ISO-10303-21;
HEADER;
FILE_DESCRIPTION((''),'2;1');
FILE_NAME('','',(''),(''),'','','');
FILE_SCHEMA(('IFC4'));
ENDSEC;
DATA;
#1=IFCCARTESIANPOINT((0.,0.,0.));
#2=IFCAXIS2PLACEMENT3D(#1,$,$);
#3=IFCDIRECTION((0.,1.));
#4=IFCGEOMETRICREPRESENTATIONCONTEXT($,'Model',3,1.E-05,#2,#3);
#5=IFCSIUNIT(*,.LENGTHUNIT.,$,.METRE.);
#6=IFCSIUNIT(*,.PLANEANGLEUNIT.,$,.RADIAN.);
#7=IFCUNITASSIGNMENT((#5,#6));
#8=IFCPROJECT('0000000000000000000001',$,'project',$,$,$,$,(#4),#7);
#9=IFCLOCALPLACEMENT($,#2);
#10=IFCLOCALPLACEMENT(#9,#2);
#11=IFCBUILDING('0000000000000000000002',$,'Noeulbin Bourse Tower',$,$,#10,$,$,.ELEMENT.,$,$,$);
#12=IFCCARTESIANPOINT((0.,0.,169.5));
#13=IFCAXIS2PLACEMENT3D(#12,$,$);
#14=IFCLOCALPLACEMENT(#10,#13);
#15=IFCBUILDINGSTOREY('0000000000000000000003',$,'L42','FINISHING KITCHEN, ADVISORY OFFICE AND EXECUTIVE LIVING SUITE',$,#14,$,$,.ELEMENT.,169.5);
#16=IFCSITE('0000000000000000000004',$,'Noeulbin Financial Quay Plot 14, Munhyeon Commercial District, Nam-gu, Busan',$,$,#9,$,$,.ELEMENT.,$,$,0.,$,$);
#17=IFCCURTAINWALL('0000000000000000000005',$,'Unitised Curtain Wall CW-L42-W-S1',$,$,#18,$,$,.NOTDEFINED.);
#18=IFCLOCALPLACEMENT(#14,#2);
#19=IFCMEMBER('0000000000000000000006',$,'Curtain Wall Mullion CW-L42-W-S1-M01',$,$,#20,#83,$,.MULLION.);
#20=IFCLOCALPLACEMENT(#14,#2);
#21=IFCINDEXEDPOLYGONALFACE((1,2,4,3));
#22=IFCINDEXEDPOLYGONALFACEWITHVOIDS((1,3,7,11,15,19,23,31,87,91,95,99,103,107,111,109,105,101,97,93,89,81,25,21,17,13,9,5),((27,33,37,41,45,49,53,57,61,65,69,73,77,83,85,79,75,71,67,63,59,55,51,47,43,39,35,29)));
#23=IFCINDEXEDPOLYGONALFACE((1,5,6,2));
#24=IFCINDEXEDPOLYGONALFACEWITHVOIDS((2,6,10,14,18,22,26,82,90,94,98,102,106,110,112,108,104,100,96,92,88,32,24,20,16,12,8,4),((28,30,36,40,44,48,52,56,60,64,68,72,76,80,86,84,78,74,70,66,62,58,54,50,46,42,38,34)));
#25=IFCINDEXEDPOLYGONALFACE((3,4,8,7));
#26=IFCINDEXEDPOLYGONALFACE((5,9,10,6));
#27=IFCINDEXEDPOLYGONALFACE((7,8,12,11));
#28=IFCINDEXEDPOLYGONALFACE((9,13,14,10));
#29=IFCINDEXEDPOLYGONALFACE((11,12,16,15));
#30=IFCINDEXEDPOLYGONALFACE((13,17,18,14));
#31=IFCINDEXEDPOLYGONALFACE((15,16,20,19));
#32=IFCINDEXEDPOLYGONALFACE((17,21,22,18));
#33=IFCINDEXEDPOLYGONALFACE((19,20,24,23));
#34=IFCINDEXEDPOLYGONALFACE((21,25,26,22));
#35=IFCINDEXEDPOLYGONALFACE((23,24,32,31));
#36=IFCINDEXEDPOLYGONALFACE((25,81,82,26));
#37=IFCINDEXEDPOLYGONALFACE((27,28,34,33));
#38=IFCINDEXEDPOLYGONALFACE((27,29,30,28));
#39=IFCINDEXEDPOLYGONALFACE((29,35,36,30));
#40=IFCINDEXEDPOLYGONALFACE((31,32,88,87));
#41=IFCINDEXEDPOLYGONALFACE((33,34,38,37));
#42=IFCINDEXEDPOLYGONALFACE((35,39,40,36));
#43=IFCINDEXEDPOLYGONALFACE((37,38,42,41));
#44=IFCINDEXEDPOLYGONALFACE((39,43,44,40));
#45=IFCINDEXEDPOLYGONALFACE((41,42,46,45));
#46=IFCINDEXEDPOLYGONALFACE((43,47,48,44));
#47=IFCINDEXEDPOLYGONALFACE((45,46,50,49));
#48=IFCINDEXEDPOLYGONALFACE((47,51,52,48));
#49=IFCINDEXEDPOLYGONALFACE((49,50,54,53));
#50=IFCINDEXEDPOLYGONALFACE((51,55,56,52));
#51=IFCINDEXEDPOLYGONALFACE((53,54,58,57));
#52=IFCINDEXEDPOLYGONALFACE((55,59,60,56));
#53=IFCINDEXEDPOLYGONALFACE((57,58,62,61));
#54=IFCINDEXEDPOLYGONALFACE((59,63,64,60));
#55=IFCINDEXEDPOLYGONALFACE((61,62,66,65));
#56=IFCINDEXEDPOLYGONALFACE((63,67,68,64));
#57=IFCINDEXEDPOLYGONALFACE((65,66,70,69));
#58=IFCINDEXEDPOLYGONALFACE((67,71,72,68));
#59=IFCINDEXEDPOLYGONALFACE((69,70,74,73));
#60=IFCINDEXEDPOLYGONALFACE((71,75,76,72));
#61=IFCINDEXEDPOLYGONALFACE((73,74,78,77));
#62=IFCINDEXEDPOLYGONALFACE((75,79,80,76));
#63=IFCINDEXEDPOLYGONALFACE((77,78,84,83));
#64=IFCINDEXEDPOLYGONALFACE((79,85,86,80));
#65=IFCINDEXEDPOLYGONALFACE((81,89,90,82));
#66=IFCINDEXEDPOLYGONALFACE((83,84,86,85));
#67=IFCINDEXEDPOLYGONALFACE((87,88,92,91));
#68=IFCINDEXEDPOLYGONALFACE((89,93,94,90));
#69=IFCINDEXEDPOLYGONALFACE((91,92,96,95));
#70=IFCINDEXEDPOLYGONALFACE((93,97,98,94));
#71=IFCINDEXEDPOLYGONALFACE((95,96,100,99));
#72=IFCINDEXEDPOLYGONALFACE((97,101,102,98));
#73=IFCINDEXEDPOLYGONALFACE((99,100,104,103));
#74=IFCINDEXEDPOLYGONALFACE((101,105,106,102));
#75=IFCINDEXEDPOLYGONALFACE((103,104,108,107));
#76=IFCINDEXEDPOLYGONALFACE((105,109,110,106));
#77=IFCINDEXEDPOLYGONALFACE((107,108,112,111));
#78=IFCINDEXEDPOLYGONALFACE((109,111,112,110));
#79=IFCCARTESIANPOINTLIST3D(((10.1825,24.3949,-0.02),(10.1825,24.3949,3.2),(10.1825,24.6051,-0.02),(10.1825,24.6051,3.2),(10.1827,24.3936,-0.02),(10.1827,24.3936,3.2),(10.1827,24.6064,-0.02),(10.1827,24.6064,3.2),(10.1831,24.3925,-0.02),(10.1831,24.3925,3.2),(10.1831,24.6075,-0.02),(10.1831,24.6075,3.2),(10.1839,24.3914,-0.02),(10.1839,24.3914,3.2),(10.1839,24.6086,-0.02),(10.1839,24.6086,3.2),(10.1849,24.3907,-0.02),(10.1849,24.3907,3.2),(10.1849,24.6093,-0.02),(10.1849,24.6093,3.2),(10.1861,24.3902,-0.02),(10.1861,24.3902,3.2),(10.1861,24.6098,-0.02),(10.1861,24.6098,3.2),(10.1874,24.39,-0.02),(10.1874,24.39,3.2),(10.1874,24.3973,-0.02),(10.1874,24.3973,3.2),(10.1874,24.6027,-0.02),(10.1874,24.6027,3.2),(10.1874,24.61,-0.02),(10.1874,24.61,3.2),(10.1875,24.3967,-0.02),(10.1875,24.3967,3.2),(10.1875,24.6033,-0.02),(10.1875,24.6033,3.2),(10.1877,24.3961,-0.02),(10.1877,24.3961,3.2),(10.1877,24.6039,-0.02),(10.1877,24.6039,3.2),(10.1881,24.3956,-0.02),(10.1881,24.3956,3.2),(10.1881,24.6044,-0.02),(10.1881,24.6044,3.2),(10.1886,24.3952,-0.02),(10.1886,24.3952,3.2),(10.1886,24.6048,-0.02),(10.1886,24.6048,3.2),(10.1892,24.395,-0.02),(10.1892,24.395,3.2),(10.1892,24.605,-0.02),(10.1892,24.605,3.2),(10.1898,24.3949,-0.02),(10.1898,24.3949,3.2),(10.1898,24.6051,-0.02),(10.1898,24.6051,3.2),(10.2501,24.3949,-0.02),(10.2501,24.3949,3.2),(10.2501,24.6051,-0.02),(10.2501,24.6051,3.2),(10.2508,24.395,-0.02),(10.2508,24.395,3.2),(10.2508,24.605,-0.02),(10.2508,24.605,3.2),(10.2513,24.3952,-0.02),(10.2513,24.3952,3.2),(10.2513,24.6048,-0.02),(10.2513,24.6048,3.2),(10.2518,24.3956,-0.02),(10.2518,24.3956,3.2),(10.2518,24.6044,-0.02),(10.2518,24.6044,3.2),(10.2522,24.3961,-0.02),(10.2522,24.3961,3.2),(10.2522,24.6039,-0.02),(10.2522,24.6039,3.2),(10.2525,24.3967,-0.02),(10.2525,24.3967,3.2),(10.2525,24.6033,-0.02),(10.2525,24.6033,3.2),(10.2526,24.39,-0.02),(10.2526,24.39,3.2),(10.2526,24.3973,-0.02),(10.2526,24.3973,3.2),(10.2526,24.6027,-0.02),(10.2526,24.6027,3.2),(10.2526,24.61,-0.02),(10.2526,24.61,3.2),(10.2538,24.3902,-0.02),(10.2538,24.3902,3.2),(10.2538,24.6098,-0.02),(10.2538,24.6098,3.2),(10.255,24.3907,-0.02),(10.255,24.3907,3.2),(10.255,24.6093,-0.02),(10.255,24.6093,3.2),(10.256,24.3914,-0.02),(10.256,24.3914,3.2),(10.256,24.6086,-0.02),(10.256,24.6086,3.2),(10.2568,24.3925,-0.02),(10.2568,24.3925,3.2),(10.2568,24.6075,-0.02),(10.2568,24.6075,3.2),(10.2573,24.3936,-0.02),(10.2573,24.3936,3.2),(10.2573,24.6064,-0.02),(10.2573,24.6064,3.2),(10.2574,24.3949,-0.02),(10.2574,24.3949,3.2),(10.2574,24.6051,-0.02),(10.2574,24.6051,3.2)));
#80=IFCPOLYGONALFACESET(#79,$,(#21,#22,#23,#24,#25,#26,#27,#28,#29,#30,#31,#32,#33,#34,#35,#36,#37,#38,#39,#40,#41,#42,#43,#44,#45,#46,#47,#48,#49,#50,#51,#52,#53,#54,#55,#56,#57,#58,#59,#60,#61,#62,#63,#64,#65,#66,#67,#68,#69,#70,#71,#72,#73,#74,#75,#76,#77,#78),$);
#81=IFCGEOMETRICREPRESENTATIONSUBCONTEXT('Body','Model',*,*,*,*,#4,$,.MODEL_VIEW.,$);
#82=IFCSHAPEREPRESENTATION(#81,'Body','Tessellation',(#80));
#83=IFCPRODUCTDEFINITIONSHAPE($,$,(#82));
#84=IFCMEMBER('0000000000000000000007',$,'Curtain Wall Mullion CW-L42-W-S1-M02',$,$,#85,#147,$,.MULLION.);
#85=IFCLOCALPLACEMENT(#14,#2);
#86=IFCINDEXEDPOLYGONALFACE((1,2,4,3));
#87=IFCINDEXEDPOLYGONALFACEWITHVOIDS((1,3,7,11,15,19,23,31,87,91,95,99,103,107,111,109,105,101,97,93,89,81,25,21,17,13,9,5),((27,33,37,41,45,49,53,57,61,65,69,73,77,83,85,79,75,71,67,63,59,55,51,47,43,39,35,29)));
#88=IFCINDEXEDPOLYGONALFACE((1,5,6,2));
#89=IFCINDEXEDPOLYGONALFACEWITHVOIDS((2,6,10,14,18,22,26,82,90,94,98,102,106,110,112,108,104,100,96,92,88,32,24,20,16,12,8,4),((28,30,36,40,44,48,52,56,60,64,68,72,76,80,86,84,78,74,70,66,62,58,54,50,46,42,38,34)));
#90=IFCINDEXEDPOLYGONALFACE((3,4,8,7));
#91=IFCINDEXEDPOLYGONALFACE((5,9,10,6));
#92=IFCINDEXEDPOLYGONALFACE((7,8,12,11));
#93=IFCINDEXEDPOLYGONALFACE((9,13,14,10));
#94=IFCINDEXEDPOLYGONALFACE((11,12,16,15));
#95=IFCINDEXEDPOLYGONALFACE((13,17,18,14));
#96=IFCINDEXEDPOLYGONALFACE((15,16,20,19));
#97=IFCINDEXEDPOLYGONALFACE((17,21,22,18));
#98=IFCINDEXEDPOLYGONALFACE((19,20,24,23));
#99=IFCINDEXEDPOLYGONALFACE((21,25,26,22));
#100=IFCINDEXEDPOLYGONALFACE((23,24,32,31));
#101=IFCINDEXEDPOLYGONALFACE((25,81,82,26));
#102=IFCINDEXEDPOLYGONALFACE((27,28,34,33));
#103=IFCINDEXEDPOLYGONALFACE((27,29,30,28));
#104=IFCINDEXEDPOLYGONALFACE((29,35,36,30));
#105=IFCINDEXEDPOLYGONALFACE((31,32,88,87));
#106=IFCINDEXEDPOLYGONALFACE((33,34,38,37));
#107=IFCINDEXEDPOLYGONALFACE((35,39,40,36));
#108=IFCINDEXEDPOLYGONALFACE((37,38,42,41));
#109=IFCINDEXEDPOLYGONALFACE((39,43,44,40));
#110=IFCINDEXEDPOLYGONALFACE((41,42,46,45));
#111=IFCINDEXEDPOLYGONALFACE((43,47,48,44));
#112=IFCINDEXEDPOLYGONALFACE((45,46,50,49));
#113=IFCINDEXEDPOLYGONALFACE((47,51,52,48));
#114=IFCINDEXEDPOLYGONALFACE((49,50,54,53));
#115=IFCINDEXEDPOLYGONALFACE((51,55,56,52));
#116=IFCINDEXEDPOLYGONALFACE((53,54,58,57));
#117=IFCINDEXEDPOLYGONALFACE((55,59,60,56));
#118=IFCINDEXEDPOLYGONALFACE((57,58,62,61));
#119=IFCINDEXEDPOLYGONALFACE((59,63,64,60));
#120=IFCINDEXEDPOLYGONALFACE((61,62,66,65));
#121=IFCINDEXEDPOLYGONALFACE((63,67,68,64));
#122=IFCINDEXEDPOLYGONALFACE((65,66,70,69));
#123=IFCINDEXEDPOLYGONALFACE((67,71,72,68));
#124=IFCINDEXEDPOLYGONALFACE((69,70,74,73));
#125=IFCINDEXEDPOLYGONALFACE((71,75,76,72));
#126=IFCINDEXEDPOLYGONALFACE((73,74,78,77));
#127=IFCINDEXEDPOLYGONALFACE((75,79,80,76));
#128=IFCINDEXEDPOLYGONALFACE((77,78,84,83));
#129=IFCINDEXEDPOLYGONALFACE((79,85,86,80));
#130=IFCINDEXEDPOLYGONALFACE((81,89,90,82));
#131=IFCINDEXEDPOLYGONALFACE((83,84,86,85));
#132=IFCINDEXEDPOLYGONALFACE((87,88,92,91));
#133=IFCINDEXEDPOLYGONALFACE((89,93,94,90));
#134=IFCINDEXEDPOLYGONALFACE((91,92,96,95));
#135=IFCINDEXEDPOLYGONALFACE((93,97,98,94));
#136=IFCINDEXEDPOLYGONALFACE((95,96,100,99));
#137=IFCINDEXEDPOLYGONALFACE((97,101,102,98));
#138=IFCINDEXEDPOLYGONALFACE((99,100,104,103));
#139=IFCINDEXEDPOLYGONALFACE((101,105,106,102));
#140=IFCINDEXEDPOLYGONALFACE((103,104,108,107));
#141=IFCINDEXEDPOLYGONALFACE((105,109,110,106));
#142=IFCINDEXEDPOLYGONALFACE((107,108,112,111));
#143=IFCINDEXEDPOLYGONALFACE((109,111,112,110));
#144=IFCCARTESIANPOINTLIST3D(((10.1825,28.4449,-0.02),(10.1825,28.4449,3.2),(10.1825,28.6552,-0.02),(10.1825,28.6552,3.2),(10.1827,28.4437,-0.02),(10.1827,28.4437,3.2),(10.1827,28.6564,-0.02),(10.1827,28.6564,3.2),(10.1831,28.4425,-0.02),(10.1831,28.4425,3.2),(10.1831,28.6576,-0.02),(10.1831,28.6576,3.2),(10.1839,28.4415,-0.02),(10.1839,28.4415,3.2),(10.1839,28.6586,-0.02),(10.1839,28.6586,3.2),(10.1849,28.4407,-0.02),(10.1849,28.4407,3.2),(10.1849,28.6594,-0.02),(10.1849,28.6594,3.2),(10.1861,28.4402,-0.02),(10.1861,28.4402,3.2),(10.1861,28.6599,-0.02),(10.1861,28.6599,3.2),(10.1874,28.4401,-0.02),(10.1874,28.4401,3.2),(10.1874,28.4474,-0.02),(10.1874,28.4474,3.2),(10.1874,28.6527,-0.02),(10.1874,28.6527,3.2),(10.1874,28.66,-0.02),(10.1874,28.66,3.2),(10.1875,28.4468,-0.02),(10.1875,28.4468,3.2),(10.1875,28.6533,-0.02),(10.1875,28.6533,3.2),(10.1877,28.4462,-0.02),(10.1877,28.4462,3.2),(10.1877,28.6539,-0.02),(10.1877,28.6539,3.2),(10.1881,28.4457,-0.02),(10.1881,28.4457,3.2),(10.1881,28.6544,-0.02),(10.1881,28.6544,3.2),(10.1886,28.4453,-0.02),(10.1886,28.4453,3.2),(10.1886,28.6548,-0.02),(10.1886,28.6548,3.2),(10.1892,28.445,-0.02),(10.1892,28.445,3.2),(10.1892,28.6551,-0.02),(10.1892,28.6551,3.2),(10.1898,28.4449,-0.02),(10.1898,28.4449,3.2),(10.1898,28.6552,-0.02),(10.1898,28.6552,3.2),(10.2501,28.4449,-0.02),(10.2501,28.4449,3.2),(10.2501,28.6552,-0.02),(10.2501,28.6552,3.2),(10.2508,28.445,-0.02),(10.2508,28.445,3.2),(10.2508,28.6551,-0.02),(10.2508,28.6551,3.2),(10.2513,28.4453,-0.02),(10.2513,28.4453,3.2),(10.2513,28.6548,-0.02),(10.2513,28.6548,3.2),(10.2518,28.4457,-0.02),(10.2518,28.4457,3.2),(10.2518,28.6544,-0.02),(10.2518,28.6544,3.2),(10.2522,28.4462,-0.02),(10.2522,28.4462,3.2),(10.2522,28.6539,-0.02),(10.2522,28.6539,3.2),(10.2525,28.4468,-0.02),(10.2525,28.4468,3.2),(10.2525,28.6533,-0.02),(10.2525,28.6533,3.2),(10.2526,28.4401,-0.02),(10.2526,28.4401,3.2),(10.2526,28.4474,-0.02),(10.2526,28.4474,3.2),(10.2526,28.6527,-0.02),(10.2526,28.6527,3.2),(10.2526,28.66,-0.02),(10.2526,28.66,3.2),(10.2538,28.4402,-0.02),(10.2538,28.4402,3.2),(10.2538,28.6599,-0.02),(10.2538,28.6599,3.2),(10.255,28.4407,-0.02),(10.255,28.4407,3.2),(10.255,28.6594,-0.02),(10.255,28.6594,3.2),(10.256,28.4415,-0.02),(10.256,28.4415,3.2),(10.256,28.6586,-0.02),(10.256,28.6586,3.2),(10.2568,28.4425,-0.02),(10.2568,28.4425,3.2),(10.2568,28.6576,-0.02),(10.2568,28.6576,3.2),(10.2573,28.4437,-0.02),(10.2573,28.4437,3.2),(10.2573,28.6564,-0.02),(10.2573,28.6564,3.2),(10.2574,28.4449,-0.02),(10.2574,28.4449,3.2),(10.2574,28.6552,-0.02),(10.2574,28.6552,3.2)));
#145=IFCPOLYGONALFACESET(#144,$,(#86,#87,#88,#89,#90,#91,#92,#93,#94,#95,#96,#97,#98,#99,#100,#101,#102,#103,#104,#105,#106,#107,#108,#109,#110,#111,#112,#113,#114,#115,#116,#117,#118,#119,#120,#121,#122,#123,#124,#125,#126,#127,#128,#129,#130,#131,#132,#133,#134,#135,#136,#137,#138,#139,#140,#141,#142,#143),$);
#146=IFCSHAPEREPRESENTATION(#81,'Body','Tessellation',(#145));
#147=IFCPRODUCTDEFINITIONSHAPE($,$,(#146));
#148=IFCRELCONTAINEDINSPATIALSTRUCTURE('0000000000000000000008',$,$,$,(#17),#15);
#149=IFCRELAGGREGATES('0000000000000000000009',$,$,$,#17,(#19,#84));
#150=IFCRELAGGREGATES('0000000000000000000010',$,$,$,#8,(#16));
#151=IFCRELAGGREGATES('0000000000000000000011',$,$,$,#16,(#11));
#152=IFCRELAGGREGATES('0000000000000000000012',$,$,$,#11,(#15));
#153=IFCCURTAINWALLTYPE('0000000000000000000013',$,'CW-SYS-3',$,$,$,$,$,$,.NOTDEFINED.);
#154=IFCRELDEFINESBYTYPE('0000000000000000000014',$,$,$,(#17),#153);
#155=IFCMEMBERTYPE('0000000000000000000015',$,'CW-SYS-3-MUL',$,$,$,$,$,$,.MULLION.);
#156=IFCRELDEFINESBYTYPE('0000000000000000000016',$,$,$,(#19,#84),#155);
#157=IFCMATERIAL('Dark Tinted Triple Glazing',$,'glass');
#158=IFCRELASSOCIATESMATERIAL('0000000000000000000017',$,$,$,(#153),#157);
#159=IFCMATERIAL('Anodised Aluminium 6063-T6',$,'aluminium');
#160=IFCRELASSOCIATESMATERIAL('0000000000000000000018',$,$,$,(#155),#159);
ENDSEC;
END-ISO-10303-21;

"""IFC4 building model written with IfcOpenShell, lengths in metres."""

from ifc_helpers import new_model, si_unit, direction, frame, origin, origin_2d, place, context, subcontext, project, spatial, hollow_rectangle, extrude, material, material_profile, profile_set, type_object, element, aggregate, save


model = new_model("IFC4")

# Units and contexts
model_context = context("Model", 3, precision=1e-05, world=origin(), true_north=direction((0.0, 1.0)))
body_context = subcontext(model_context, "Body", "Model", "MODEL_VIEW")
ifc_project = project(units=[si_unit("LENGTHUNIT", "METRE"), si_unit("PLANEANGLEUNIT", "RADIAN")], contexts=[model_context])

# Site, building, storey
site_placement = place(None, origin())
site = spatial("IfcSite", under=ifc_project, at=site_placement, Name="Noeulbin Financial Quay Plot 14, Munhyeon Commercial District, Nam-gu, Busan", CompositionType="ELEMENT", RefElevation=0.0)
building_placement = place(site_placement, origin())
building = spatial("IfcBuilding", under=site, at=building_placement, Name="Noeulbin Bourse Tower", CompositionType="ELEMENT")
storey_placement = place(building_placement, frame((0.0, 0.0, 169.5)))
storey = spatial("IfcBuildingStorey", under=building, at=storey_placement, Name="L42", Description="FINISHING KITCHEN, ADVISORY OFFICE AND EXECUTIVE LIVING SUITE", CompositionType="ELEMENT", Elevation=169.5)

# Curtain wall, members
ifc_material_1 = material(Name="Dark Tinted Triple Glazing", Category="glass")
curtain_wall_type = type_object("IfcCurtainWallType", Name="CW-SYS-3", PredefinedType="NOTDEFINED", material=ifc_material_1)
curtain_wall_placement = place(storey_placement, origin())
curtain_wall = element("IfcCurtainWall", 1, at=curtain_wall_placement, inside=storey, type_object=curtain_wall_type, Name="Unitised Curtain Wall CW-L42-W-S1", PredefinedType="NOTDEFINED")
ifc_material_2 = material(Name="Anodised Aluminium 6063-T6", Category="aluminium")
ifc_material_profile_1 = material_profile(ifc_material_2, hollow_rectangle(XDim=0.075, YDim=0.22, WallThickness=0.0049, InnerFilletRadius=0.0024, OuterFilletRadius=0.0049, at=origin_2d()), Name="ALU-MULL-75x220x5", Category="LoadBearing")
ifc_profile_set_1 = profile_set([ifc_material_profile_1], Name="Anodised Aluminium 6063-T6")
member_type_1 = type_object("IfcMemberType", Name="CW-SYS-3-MUL", PredefinedType="MULLION", material=ifc_profile_set_1)
member_1_placement = place(storey_placement, frame((10.22, 24.5, -0.02), z_axis=(0.0, 0.0, 1.0), x_axis=(1.0, 0.0, 0.0)))
member_1 = element("IfcMember", 2, at=member_1_placement, type_object=member_type_1, Name="Curtain Wall Mullion CW-L42-W-S1-M01", PredefinedType="MULLION", context=body_context, shape_type="SweptSolid", body=[
    extrude(hollow_rectangle(XDim=0.075, YDim=0.22, WallThickness=0.0049, InnerFilletRadius=0.0024, OuterFilletRadius=0.0049, at=origin_2d()), origin(), (0.0, 0.0, 1.0), 3.22),
])
member_2_placement = place(storey_placement, frame((10.22, 28.55, -0.02), z_axis=(0.0, 0.0, 1.0), x_axis=(1.0, 0.0, 0.0)))
member_2 = element("IfcMember", 3, at=member_2_placement, type_object=member_type_1, Name="Curtain Wall Mullion CW-L42-W-S1-M02", PredefinedType="MULLION", context=body_context, shape_type="SweptSolid", body=[
    extrude(hollow_rectangle(XDim=0.075, YDim=0.22, WallThickness=0.0049, InnerFilletRadius=0.0024, OuterFilletRadius=0.0049, at=origin_2d()), origin(), (0.0, 0.0, 1.0), 3.22),
])
aggregate(curtain_wall, [member_1, member_2])

save(model, "model.ifc")
